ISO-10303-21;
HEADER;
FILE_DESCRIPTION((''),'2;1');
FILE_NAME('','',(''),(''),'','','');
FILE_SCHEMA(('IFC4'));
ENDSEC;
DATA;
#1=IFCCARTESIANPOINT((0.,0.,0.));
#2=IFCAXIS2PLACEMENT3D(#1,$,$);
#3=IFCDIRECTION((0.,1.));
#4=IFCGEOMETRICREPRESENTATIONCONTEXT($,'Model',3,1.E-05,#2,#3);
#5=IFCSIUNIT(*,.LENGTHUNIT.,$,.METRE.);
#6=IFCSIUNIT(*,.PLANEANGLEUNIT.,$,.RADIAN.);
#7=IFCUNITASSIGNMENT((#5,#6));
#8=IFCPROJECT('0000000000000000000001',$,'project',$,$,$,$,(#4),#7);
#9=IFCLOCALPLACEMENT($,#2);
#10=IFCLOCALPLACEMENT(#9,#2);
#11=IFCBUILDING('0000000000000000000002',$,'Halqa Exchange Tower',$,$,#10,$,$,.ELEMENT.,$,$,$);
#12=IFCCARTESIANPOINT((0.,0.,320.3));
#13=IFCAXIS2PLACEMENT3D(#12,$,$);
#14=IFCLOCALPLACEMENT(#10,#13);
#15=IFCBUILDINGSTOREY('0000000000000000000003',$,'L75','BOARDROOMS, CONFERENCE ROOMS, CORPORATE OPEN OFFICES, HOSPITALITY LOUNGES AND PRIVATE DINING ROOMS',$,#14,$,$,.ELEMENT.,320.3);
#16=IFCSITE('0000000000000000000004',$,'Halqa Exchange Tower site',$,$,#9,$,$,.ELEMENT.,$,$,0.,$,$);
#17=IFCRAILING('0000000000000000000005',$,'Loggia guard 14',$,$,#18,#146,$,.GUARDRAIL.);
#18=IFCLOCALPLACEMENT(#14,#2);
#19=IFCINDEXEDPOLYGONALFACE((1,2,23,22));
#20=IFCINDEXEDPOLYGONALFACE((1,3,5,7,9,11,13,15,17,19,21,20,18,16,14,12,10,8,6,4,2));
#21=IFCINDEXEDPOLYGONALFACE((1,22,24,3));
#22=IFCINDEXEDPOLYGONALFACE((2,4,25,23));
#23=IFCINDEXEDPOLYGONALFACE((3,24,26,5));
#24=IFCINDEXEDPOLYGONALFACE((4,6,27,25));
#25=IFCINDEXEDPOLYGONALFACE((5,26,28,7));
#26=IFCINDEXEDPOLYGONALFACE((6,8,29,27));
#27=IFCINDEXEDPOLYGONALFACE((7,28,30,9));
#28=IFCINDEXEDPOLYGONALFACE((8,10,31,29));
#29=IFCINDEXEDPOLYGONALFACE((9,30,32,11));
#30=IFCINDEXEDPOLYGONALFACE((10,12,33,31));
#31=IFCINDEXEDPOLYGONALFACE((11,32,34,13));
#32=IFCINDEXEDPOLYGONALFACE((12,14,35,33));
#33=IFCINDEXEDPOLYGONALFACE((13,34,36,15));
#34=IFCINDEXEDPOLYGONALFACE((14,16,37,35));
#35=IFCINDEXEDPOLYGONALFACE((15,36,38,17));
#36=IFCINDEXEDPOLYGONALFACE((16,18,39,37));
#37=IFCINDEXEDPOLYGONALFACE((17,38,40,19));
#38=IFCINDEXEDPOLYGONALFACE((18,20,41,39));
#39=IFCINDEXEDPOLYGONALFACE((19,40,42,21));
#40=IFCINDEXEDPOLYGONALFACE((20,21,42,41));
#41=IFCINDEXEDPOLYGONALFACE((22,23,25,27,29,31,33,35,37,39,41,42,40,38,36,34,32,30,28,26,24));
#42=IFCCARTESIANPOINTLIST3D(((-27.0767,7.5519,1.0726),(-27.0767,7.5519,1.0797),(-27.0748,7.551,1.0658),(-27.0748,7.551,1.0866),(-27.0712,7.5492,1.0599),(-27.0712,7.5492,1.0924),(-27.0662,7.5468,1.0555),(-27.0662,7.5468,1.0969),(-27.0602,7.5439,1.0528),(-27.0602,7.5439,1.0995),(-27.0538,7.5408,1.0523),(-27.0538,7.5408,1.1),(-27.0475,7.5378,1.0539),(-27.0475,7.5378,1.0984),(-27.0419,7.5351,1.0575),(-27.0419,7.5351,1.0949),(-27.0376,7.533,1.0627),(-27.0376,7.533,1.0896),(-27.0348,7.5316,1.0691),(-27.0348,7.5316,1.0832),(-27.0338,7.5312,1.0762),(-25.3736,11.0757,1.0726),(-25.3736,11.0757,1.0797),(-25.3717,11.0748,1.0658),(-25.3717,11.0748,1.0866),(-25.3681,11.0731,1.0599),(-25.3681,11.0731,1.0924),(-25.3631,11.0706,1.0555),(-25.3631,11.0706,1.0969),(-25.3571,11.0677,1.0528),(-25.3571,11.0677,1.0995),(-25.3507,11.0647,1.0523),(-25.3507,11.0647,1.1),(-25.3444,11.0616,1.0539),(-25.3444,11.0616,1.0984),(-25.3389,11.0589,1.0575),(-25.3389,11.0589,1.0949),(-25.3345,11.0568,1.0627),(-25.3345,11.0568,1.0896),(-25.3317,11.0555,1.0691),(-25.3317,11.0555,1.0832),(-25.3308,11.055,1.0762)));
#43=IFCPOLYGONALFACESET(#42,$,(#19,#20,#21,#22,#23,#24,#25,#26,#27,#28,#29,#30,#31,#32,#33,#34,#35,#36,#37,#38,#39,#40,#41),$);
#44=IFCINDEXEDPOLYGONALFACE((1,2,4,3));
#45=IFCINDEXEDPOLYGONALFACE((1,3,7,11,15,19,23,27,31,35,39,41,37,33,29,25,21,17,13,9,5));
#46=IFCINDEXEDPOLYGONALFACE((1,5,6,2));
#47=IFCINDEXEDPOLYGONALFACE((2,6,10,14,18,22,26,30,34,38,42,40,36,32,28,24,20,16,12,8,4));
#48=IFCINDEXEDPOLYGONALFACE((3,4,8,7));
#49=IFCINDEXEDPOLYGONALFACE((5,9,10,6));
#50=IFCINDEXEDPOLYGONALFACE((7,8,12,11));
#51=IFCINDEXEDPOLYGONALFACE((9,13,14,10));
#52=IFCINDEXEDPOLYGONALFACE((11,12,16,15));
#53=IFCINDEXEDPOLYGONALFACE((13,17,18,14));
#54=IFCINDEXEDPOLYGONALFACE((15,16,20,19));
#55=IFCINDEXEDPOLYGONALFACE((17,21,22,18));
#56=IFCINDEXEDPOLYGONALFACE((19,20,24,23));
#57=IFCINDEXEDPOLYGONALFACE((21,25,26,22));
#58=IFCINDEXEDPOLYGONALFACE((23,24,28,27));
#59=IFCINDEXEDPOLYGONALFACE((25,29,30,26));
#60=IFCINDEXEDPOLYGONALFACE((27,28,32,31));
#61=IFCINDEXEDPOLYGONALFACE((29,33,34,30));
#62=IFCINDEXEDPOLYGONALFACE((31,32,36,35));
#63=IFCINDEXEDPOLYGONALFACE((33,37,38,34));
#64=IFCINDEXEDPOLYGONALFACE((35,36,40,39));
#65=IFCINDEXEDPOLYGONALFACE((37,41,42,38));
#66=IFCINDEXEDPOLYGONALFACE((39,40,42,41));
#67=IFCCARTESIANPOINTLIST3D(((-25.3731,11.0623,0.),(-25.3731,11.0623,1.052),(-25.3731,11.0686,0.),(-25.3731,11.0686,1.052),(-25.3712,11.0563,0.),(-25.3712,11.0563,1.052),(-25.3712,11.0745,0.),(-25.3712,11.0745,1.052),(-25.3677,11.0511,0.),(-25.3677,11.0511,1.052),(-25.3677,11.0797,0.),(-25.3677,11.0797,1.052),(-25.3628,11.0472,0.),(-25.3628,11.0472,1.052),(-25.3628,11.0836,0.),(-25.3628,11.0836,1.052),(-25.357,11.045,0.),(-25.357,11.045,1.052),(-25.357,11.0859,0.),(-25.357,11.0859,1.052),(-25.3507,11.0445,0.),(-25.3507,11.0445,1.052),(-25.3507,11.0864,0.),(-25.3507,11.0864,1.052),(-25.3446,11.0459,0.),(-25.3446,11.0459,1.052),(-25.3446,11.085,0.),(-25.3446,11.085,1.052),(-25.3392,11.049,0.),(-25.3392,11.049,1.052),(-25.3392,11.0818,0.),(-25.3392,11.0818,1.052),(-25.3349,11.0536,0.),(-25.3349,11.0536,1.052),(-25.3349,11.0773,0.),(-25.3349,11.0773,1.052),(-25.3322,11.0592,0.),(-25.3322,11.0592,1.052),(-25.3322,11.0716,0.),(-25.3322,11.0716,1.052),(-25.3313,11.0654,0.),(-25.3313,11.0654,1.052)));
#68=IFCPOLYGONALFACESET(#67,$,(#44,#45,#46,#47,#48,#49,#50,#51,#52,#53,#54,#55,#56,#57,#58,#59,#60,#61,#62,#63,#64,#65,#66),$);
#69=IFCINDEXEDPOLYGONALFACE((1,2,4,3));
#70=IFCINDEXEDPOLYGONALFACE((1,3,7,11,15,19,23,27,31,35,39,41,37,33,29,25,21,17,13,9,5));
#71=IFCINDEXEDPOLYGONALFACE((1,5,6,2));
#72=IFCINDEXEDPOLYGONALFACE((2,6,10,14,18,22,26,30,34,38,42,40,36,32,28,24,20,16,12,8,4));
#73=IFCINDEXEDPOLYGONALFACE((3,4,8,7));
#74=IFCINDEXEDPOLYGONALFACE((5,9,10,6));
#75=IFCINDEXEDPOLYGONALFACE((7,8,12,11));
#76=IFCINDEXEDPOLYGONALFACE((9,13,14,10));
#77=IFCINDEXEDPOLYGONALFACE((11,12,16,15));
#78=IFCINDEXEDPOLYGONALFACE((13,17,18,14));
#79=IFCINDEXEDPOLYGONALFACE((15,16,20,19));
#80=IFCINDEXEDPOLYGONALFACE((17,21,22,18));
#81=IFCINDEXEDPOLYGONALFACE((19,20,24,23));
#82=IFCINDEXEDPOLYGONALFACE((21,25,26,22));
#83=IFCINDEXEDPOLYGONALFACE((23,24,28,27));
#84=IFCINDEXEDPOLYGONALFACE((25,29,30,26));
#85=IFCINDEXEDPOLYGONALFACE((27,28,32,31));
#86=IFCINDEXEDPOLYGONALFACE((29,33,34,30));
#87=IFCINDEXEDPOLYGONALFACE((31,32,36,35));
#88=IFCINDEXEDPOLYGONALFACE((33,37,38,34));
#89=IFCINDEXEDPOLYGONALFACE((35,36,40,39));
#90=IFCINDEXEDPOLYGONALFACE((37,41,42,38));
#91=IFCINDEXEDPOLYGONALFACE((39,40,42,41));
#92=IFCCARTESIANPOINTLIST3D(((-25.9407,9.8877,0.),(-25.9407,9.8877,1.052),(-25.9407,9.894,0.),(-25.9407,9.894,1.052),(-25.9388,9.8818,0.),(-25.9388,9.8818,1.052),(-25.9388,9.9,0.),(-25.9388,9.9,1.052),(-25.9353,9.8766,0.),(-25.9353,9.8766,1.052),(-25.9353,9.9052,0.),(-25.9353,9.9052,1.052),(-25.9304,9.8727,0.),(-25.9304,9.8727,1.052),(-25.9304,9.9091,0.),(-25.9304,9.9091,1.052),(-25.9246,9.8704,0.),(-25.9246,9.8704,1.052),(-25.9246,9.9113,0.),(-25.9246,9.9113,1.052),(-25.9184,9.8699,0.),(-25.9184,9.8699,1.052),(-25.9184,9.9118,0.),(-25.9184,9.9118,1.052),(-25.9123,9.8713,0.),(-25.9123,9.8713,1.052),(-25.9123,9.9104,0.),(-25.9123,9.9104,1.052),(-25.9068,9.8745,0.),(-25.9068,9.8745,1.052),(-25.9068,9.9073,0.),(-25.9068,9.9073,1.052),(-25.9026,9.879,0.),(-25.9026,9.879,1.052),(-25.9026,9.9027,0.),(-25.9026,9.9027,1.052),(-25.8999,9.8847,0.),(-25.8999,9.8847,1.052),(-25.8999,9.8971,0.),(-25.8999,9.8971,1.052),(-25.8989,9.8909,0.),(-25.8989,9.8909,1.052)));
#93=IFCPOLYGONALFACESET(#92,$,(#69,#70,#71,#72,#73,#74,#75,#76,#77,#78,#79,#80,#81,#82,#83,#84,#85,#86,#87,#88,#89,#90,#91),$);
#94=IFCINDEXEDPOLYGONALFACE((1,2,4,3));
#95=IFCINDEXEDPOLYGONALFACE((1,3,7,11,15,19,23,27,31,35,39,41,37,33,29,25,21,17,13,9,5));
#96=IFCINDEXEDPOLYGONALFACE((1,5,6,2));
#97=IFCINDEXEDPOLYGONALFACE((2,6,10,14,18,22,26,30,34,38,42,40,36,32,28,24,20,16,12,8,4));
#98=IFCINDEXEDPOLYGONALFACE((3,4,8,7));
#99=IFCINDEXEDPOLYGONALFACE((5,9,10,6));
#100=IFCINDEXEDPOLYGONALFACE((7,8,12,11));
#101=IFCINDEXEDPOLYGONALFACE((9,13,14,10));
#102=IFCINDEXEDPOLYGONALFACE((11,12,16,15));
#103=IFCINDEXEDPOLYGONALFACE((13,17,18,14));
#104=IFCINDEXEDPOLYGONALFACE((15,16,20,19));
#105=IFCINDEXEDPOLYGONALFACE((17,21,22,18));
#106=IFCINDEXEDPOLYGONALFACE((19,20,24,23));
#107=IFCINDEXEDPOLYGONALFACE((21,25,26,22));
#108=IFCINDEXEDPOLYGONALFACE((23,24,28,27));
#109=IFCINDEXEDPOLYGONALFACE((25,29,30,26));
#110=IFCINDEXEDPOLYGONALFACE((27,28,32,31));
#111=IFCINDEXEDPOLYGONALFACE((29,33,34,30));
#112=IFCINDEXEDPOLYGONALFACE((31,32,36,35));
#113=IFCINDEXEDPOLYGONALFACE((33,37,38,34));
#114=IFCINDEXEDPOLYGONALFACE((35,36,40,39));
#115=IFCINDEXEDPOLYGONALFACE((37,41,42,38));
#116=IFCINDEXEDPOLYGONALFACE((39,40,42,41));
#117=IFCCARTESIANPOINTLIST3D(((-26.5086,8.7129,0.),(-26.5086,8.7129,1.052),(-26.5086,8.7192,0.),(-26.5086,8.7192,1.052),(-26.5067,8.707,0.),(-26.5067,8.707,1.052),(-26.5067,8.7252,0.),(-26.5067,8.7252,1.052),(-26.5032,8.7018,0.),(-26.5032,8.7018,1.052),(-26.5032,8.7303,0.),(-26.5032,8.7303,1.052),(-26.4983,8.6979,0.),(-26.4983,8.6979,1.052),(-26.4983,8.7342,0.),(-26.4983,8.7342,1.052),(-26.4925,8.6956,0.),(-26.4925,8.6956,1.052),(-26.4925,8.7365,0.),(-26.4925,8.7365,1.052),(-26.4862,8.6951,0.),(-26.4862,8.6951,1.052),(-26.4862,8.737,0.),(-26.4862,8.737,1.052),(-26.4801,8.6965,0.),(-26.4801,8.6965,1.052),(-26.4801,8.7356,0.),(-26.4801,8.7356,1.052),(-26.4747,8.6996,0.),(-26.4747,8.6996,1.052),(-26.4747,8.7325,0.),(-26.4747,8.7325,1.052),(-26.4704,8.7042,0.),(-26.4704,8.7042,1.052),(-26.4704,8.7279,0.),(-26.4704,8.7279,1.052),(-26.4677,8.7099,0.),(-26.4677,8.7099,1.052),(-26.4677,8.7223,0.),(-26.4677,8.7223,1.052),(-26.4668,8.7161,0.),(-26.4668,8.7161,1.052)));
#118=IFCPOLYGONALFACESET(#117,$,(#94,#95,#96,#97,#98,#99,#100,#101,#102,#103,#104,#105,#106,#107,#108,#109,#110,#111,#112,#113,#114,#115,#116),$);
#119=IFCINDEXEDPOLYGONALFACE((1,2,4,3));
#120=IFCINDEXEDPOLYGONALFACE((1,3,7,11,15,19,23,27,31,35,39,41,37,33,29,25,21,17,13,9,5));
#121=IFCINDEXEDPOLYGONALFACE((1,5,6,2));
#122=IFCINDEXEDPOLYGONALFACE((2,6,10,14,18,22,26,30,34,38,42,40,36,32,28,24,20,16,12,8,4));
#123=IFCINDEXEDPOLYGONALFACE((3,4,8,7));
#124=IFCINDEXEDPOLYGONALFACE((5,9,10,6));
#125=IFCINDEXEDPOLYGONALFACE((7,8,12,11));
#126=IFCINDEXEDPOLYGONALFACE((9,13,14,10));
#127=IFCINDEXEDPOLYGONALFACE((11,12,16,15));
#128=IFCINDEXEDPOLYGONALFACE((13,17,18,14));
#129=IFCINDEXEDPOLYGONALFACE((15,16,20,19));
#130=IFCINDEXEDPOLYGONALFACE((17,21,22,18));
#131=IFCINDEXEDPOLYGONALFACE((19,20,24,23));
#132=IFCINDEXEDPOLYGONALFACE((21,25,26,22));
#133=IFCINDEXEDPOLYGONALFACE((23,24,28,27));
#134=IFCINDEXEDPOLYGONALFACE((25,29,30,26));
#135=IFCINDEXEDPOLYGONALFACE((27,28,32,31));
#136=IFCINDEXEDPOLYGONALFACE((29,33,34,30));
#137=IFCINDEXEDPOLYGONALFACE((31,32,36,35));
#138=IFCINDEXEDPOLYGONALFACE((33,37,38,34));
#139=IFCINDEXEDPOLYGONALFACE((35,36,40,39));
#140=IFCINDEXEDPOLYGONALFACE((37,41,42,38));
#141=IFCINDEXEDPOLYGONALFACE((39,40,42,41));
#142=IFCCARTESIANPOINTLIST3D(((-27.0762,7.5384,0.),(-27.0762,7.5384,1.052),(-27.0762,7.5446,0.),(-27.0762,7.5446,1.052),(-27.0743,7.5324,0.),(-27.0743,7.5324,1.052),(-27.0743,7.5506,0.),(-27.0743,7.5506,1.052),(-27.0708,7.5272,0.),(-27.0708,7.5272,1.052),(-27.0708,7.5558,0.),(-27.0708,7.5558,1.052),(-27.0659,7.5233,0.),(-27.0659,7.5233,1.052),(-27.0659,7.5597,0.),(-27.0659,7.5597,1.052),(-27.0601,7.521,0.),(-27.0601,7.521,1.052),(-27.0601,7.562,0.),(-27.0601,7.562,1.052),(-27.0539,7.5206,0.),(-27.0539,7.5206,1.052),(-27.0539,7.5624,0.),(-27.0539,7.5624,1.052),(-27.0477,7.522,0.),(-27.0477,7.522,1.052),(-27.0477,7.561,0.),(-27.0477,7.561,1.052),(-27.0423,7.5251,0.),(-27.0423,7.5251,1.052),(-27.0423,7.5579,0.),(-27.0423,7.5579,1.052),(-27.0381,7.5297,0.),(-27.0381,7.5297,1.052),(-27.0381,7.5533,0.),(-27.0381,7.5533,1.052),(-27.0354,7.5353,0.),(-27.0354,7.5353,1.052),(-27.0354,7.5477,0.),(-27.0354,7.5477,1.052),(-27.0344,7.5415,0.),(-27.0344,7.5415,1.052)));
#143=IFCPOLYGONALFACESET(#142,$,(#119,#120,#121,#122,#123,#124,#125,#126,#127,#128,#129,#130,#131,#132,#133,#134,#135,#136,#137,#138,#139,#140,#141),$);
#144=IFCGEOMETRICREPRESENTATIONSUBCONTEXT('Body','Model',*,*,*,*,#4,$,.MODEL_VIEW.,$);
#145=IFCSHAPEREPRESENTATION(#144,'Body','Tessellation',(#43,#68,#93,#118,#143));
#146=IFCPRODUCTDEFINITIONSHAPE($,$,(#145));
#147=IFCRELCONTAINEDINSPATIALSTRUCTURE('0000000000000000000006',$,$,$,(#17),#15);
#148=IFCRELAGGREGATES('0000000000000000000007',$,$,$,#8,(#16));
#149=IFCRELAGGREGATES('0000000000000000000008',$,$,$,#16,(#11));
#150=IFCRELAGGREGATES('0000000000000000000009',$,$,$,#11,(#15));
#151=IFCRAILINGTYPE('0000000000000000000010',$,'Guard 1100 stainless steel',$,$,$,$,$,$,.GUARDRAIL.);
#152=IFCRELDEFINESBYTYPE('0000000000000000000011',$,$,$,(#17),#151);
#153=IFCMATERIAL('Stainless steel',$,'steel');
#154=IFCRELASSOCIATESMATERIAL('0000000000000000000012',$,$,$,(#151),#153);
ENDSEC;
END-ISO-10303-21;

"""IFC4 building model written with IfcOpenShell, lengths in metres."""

from ifc_helpers import new_model, si_unit, direction, frame, origin, origin_2d, place, context, subcontext, project, spatial, circle, extrude, material, type_object, element, save


model = new_model("IFC4")

# Units and contexts
model_context = context("Model", 3, precision=1e-05, world=origin(), true_north=direction((0.0, 1.0)))
body_context = subcontext(model_context, "Body", "Model", "MODEL_VIEW")
ifc_project = project(units=[si_unit("LENGTHUNIT", "METRE"), si_unit("PLANEANGLEUNIT", "RADIAN")], contexts=[model_context])

# Site, building, storey
site_placement = place(None, origin())
site = spatial("IfcSite", under=ifc_project, at=site_placement, Name="Halqa Exchange Tower site", CompositionType="ELEMENT", RefElevation=0.0)
building_placement = place(site_placement, origin())
building = spatial("IfcBuilding", under=site, at=building_placement, Name="Halqa Exchange Tower", CompositionType="ELEMENT")
storey_placement = place(building_placement, frame((0.0, 0.0, 320.3)))
storey = spatial("IfcBuildingStorey", under=building, at=storey_placement, Name="L75", Description="BOARDROOMS, CONFERENCE ROOMS, CORPORATE OPEN OFFICES, HOSPITALITY LOUNGES AND PRIVATE DINING ROOMS", CompositionType="ELEMENT", Elevation=320.3)

# Railing
ifc_material_1 = material(Name="Stainless steel", Category="steel")
railing_type = type_object("IfcRailingType", Name="Guard 1100 stainless steel", PredefinedType="GUARDRAIL", material=ifc_material_1)
railing_1_placement = place(storey_placement, frame((-25.3523, 11.0654, 0.0)))
element("IfcRailing", 1, at=railing_1_placement, inside=storey, type_object=railing_type, Name="Loggia guard 14", PredefinedType="GUARDRAIL", context=body_context, shape_type="SweptSolid", body=[
    extrude(circle(Radius=0.0239, at=origin_2d()), frame((0.0, 0.0, 1.0762), z_axis=(-0.435147, -0.90036, 0.0), x_axis=(0.90036, -0.435147, 0.0)), (0.0, 0.0, 1.0), 3.9138),
    extrude(circle(Radius=0.021, at=origin_2d()), origin(), (0.0, 0.0, 1.0), 1.052),
    extrude(circle(Radius=0.021, at=origin_2d()), frame((-0.5676, -1.1746, 0.0)), (0.0, 0.0, 1.0), 1.052),
    extrude(circle(Radius=0.021, at=origin_2d()), frame((-1.1355, -2.3494, 0.0)), (0.0, 0.0, 1.0), 1.052),
    extrude(circle(Radius=0.021, at=origin_2d()), frame((-1.7031, -3.5239, 0.0)), (0.0, 0.0, 1.0), 1.052),
])

save(model, "model.ifc")
